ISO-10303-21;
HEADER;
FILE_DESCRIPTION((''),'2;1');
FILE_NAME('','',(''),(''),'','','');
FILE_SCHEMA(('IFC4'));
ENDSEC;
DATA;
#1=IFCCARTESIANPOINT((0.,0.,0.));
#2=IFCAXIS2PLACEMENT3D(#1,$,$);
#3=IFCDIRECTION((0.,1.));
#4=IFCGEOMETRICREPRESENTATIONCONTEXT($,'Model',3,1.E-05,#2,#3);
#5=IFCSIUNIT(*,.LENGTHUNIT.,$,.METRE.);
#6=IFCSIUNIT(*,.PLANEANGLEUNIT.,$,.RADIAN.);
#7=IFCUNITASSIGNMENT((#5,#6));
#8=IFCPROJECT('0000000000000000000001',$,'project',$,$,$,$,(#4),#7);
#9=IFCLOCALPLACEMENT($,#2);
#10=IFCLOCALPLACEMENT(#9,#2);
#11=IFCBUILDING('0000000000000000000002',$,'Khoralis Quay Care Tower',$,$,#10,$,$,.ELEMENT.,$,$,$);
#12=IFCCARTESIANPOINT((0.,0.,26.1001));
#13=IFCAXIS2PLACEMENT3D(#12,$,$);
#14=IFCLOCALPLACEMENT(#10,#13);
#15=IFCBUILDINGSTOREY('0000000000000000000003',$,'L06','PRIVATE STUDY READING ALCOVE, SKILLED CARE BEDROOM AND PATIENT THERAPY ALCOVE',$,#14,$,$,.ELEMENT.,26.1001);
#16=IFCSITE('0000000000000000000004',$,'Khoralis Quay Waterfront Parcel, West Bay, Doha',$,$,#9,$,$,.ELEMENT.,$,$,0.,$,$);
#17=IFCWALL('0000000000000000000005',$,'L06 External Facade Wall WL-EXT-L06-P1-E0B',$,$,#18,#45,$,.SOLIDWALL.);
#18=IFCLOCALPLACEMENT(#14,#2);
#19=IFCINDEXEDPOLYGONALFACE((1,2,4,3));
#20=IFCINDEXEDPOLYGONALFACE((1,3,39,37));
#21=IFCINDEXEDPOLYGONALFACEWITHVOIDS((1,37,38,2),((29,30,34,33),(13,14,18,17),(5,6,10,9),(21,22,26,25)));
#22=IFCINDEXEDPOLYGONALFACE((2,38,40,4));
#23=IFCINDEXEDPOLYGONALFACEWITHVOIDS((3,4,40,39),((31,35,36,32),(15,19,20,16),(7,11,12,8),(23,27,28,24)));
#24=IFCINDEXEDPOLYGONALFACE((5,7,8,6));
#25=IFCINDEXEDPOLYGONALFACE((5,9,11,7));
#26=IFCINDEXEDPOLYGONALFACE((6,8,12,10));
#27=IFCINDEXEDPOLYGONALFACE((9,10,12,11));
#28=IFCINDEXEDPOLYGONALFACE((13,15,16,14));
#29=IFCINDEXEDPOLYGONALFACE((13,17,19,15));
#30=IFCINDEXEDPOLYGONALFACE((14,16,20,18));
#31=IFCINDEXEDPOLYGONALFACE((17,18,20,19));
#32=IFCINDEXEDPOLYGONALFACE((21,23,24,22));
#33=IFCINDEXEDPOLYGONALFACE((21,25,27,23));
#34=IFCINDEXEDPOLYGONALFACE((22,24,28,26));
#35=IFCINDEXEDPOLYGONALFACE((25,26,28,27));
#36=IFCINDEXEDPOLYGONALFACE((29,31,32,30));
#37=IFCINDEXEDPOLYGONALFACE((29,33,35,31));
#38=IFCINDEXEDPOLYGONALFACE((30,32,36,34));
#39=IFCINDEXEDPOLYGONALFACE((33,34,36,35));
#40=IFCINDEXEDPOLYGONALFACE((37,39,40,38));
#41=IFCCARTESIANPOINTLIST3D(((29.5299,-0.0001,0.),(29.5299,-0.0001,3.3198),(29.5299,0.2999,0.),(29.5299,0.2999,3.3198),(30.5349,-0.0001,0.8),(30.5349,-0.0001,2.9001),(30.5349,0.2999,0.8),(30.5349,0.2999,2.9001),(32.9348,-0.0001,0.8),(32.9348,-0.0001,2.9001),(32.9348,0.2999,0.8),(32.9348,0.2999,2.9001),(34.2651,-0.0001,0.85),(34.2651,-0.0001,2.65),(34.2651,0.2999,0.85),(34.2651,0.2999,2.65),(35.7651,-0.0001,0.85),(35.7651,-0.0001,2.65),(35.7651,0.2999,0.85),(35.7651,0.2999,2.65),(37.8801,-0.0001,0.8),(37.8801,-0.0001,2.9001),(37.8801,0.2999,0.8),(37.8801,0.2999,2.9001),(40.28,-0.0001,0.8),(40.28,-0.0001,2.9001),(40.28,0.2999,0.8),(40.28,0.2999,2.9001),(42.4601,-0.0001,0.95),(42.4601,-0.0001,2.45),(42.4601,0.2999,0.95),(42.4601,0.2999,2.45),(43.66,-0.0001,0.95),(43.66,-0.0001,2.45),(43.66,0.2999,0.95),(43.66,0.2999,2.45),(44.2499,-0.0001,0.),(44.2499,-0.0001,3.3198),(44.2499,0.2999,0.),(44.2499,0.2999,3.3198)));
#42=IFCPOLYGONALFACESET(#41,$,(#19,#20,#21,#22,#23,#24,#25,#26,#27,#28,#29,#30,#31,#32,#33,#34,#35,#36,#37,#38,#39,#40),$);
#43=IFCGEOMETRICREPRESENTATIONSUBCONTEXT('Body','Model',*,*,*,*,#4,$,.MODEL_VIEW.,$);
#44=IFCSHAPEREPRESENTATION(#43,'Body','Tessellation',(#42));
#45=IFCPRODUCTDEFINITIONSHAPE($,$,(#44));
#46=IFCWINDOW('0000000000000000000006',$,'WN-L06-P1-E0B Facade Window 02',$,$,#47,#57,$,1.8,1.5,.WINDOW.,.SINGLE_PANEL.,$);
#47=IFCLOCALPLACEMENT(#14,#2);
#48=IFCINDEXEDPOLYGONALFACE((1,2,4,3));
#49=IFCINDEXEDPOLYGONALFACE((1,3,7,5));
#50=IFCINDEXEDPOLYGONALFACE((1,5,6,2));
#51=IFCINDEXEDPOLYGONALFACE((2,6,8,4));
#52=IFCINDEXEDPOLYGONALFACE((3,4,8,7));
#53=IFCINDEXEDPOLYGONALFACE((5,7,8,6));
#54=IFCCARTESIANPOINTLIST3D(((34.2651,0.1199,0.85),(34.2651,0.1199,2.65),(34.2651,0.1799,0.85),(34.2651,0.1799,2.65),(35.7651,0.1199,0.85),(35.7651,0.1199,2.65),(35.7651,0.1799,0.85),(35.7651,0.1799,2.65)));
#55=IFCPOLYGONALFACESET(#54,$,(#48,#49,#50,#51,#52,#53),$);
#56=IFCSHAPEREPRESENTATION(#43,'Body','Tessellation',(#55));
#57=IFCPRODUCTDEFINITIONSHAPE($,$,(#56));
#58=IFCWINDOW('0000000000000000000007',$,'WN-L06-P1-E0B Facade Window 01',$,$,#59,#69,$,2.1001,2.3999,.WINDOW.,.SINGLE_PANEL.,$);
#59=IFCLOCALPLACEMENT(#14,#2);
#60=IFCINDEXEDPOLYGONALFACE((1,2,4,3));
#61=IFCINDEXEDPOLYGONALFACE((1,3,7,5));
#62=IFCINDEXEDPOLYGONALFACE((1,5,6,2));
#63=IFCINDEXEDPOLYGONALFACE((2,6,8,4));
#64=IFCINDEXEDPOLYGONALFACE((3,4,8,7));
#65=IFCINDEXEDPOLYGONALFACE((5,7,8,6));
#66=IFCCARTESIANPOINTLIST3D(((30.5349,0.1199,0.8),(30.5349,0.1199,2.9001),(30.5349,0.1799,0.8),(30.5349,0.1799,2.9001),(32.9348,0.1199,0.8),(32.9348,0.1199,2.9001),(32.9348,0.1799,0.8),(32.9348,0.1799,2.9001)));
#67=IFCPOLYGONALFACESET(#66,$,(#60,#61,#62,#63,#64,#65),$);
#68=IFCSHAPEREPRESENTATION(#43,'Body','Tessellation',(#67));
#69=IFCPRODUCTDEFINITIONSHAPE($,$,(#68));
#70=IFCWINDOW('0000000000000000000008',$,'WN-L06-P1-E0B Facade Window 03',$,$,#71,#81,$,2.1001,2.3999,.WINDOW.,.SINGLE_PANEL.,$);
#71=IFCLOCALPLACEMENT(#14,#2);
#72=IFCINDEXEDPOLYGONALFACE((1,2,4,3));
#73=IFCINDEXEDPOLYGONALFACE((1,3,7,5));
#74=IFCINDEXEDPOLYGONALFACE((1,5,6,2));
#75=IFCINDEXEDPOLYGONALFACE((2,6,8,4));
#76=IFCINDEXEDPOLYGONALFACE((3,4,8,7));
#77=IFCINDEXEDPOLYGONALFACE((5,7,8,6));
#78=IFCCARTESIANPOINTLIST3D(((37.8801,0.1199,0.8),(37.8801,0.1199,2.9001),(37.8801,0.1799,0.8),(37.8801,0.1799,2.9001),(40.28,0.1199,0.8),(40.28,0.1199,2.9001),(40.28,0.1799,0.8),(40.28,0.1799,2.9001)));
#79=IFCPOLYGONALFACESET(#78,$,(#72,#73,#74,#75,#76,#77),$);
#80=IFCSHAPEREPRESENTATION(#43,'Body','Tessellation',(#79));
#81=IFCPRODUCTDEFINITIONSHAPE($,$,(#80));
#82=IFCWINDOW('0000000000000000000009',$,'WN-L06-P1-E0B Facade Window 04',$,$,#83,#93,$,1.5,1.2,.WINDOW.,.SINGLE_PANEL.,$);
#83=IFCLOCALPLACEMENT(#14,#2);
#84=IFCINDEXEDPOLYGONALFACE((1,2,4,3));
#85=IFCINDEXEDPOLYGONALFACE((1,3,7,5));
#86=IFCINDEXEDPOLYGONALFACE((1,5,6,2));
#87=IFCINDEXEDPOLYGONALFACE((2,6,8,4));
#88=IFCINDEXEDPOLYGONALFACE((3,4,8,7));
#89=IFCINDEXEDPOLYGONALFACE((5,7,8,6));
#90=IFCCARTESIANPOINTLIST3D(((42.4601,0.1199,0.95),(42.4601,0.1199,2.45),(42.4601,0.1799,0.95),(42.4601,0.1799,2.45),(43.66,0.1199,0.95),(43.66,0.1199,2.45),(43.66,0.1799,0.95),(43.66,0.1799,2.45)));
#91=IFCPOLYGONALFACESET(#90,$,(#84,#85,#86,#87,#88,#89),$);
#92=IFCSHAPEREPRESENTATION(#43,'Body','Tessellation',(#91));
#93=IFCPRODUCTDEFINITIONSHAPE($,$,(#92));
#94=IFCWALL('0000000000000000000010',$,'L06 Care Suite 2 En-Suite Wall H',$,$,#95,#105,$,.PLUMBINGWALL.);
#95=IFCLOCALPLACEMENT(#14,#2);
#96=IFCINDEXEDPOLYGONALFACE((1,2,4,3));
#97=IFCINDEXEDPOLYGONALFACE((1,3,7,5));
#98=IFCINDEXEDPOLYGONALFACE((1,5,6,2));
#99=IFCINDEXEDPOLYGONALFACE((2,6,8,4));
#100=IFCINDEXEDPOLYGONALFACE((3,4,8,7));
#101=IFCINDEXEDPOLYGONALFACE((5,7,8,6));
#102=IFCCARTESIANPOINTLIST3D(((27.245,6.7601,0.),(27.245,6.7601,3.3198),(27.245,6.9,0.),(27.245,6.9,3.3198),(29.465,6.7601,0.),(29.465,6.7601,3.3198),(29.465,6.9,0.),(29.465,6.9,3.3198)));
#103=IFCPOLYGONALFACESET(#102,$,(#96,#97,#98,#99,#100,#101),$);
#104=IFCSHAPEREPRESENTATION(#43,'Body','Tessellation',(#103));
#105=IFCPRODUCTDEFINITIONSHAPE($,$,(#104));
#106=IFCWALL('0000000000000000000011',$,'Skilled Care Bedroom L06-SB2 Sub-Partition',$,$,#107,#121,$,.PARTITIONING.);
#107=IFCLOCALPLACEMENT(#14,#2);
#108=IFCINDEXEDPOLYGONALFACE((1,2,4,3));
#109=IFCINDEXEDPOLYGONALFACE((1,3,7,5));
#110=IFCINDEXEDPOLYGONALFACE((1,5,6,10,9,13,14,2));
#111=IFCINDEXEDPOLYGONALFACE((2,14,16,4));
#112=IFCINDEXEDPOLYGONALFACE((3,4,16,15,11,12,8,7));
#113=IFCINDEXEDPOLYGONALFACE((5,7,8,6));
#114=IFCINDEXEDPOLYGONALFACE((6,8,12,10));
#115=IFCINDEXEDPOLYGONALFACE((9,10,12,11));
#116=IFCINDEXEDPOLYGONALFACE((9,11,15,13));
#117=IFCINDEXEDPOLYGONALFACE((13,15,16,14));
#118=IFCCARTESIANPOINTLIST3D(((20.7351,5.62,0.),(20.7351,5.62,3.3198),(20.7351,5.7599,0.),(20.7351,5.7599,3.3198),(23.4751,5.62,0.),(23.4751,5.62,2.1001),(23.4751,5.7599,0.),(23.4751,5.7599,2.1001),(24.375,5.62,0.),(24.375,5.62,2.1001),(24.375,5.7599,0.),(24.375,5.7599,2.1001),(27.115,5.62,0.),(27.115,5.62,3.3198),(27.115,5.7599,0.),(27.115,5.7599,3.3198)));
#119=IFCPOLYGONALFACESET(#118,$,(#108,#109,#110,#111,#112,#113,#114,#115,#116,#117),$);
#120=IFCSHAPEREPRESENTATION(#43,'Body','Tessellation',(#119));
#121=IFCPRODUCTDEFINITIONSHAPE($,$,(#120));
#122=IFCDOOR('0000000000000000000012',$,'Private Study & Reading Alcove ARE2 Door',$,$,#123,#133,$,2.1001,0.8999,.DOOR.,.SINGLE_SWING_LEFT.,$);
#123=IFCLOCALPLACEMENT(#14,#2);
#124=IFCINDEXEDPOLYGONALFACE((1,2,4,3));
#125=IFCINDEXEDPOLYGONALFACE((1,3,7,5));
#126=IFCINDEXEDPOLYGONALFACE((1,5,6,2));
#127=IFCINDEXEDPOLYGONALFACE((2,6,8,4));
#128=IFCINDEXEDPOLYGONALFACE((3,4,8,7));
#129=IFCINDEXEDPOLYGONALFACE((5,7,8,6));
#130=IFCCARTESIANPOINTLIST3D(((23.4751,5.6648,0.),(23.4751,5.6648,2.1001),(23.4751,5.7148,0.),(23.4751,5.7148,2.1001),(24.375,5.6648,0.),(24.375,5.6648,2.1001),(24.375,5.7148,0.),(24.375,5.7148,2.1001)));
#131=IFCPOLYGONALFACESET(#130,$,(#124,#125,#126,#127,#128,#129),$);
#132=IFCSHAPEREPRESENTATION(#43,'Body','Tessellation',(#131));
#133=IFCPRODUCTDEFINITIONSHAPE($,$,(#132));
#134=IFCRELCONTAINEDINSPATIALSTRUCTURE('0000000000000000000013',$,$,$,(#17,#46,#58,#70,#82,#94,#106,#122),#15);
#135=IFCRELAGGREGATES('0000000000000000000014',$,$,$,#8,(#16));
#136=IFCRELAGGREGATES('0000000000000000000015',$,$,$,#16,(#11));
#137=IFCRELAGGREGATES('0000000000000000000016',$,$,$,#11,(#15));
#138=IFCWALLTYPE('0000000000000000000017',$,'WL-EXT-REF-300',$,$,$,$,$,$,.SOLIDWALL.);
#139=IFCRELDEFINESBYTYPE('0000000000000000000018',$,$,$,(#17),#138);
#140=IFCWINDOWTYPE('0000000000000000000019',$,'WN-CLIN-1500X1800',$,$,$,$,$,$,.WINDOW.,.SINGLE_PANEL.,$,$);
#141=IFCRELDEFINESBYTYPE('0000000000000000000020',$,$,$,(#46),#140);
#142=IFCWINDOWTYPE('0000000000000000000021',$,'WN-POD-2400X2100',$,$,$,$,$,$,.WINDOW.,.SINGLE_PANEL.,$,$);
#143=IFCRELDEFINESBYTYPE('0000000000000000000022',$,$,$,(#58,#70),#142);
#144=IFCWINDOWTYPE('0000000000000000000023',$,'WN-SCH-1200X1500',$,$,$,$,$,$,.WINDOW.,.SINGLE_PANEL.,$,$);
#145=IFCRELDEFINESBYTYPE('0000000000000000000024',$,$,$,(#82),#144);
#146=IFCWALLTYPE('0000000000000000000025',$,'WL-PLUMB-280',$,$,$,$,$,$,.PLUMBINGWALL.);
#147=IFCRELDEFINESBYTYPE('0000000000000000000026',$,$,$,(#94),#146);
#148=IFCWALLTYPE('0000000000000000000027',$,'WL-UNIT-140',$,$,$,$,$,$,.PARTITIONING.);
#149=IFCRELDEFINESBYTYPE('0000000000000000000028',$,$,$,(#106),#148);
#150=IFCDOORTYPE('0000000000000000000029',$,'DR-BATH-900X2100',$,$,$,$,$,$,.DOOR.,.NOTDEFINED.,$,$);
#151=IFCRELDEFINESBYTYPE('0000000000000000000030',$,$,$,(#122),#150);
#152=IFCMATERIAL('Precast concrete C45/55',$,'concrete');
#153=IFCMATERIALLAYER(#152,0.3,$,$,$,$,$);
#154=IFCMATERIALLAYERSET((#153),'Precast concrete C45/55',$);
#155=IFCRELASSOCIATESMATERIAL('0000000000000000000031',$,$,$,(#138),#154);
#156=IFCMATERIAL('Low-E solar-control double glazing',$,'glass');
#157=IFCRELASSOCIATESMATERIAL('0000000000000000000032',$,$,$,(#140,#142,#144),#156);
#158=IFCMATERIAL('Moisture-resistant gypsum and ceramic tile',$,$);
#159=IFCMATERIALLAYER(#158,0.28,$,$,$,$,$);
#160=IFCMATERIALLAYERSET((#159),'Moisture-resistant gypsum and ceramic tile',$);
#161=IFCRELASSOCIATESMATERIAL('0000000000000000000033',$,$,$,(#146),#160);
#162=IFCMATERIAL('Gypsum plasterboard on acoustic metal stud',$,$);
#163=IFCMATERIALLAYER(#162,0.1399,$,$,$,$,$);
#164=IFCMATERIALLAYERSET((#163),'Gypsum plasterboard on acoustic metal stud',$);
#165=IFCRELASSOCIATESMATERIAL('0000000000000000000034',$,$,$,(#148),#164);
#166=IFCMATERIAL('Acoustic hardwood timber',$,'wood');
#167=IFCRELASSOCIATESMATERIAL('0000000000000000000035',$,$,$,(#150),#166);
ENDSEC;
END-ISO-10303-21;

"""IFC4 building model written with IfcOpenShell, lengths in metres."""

from ifc_helpers import new_model, si_unit, direction, frame, frame_2d, origin, place, context, subcontext, project, spatial, rectangle, extrude, source, transform, mapped, material, layer, layer_set, type_object, element, fill, save


model = new_model("IFC4")

# Units and contexts
model_context = context("Model", 3, precision=1e-05, world=origin(), true_north=direction((0.0, 1.0)))
body_context = subcontext(model_context, "Body", "Model", "MODEL_VIEW")
ifc_project = project(units=[si_unit("LENGTHUNIT", "METRE"), si_unit("PLANEANGLEUNIT", "RADIAN")], contexts=[model_context])

# Site, building, storey
site_placement = place(None, origin())
site = spatial("IfcSite", under=ifc_project, at=site_placement, Name="Khoralis Quay Waterfront Parcel, West Bay, Doha", CompositionType="ELEMENT", RefElevation=0.0)
building_placement = place(site_placement, origin())
building = spatial("IfcBuilding", under=site, at=building_placement, Name="Khoralis Quay Care Tower", CompositionType="ELEMENT")
storey_placement = place(building_placement, frame((0.0, 0.0, 26.1001)))
storey = spatial("IfcBuildingStorey", under=building, at=storey_placement, Name="L06", Description="PRIVATE STUDY READING ALCOVE, SKILLED CARE BEDROOM AND PATIENT THERAPY ALCOVE", CompositionType="ELEMENT", Elevation=26.1001)

# Shared definitions
ifc_material_1 = material(Name="Gypsum plasterboard on acoustic metal stud")

# Wall, openings, windows
ifc_material_2 = material(Name="Precast concrete C45/55", Category="concrete")
ifc_layer_1 = layer(ifc_material_2, 0.3)
ifc_layer_set_1 = layer_set([ifc_layer_1], Name="Precast concrete C45/55")
wall_type_1 = type_object("IfcWallType", Name="WL-EXT-REF-300", PredefinedType="SOLIDWALL", material=ifc_layer_set_1)
wall_1_placement = place(storey_placement, frame((29.53, 0.1499, 0.0), z_axis=(0.0, 0.0, 1.0), x_axis=(1.0, 0.0, 0.0)))
wall_1 = element("IfcWall", 1, at=wall_1_placement, inside=storey, type_object=wall_type_1, Name="L06 External Facade Wall WL-EXT-L06-P1-E0B", PredefinedType="SOLIDWALL", context=body_context, shape_type="SweptSolid", body=[
    extrude(rectangle(XDim=14.72, YDim=0.3, at=frame_2d((7.3599, 0.0))), origin(), (0.0, 0.0, 1.0), 3.3198),
])
opening_1_placement = place(wall_1_placement, frame((1.0049, 0.0, 0.8)))
opening_1 = element("IfcOpeningElement", 2, at=opening_1_placement, cuts=wall_1, PredefinedType="OPENING", context=body_context, shape_type="SweptSolid", body=[
    extrude(rectangle(XDim=2.3999, YDim=2.1001, at=frame_2d((1.2, 1.05))), frame((0.0, 0.1602, 0.0), z_axis=(0.0, -1.0, 0.0), x_axis=(1.0, 0.0, 0.0)), (0.0, 0.0, 1.0), 0.3201),
])
opening_2_placement = place(wall_1_placement, frame((4.7351, 0.0, 0.8501)))
opening_2 = element("IfcOpeningElement", 3, at=opening_2_placement, cuts=wall_1, PredefinedType="OPENING", context=body_context, shape_type="SweptSolid", body=[
    extrude(rectangle(XDim=1.5, YDim=1.8, at=frame_2d((0.75, 0.8999))), frame((0.0, 0.1602, 0.0), z_axis=(0.0, -1.0, 0.0), x_axis=(1.0, 0.0, 0.0)), (0.0, 0.0, 1.0), 0.3201),
])
opening_3_placement = place(wall_1_placement, frame((8.3501, 0.0, 0.8)))
opening_3 = element("IfcOpeningElement", 4, at=opening_3_placement, cuts=wall_1, PredefinedType="OPENING", context=body_context, shape_type="SweptSolid", body=[
    extrude(rectangle(XDim=2.3999, YDim=2.1001, at=frame_2d((1.2, 1.05))), frame((0.0, 0.1602, 0.0), z_axis=(0.0, -1.0, 0.0), x_axis=(1.0, 0.0, 0.0)), (0.0, 0.0, 1.0), 0.3201),
])
opening_4_placement = place(wall_1_placement, frame((12.9299, 0.0, 0.95)))
opening_4 = element("IfcOpeningElement", 5, at=opening_4_placement, cuts=wall_1, PredefinedType="OPENING", context=body_context, shape_type="SweptSolid", body=[
    extrude(rectangle(XDim=1.2, YDim=1.5, at=frame_2d((0.6001, 0.75))), frame((0.0, 0.1602, 0.0), z_axis=(0.0, -1.0, 0.0), x_axis=(1.0, 0.0, 0.0)), (0.0, 0.0, 1.0), 0.3201),
])
ifc_material_3 = material(Name="Low-E solar-control double glazing", Category="glass")
window_type_1 = type_object("IfcWindowType", Name="WN-CLIN-1500X1800", PartitioningType="SINGLE_PANEL", PredefinedType="WINDOW", material=ifc_material_3)
shared_shape_1 = source(origin(), body_context, "Body", "SweptSolid", [
    extrude(rectangle(XDim=1.5, YDim=1.8, at=frame_2d((0.75, 0.8999))), frame((0.0, 0.03, 0.0), z_axis=(0.0, -1.0, 0.0), x_axis=(1.0, 0.0, 0.0)), (0.0, 0.0, 1.0), 0.0601),
])
window_1_placement = place(opening_2_placement, origin())
window_1 = element("IfcWindow", 6, at=window_1_placement, inside=storey, type_object=window_type_1, Name="WN-L06-P1-E0B Facade Window 02", OverallHeight=1.8, OverallWidth=1.5, PartitioningType="SINGLE_PANEL", PredefinedType="WINDOW", context=body_context, shape_type="MappedRepresentation", body=[
    mapped(shared_shape_1, transform((0.0, 0.0, 0.0), scale=1.0)),
])
fill(opening_2, window_1)
window_type_2 = type_object("IfcWindowType", Name="WN-POD-2400X2100", PartitioningType="SINGLE_PANEL", PredefinedType="WINDOW", material=ifc_material_3)
shared_shape_2 = source(origin(), body_context, "Body", "SweptSolid", [
    extrude(rectangle(XDim=2.3999, YDim=2.1001, at=frame_2d((1.2, 1.05))), frame((0.0, 0.03, 0.0), z_axis=(0.0, -1.0, 0.0), x_axis=(1.0, 0.0, 0.0)), (0.0, 0.0, 1.0), 0.0601),
])
window_2_placement = place(opening_1_placement, origin())
window_2 = element("IfcWindow", 7, at=window_2_placement, inside=storey, type_object=window_type_2, Name="WN-L06-P1-E0B Facade Window 01", OverallHeight=2.1001, OverallWidth=2.3999, PartitioningType="SINGLE_PANEL", PredefinedType="WINDOW", context=body_context, shape_type="MappedRepresentation", body=[
    mapped(shared_shape_2, transform((0.0, 0.0, 0.0), scale=1.0)),
])
fill(opening_1, window_2)
window_3_placement = place(opening_3_placement, origin())
window_3 = element("IfcWindow", 8, at=window_3_placement, inside=storey, type_object=window_type_2, Name="WN-L06-P1-E0B Facade Window 03", OverallHeight=2.1001, OverallWidth=2.3999, PartitioningType="SINGLE_PANEL", PredefinedType="WINDOW", context=body_context, shape_type="MappedRepresentation", body=[
    mapped(shared_shape_2, transform((0.0, 0.0, 0.0), scale=1.0)),
])
fill(opening_3, window_3)
window_type_3 = type_object("IfcWindowType", Name="WN-SCH-1200X1500", PartitioningType="SINGLE_PANEL", PredefinedType="WINDOW", material=ifc_material_3)
shared_shape_3 = source(origin(), body_context, "Body", "SweptSolid", [
    extrude(rectangle(XDim=1.2, YDim=1.5, at=frame_2d((0.6001, 0.75))), frame((0.0, 0.03, 0.0), z_axis=(0.0, -1.0, 0.0), x_axis=(1.0, 0.0, 0.0)), (0.0, 0.0, 1.0), 0.0601),
])
window_4_placement = place(opening_4_placement, origin())
window_4 = element("IfcWindow", 9, at=window_4_placement, inside=storey, type_object=window_type_3, Name="WN-L06-P1-E0B Facade Window 04", OverallHeight=1.5, OverallWidth=1.2, PartitioningType="SINGLE_PANEL", PredefinedType="WINDOW", context=body_context, shape_type="MappedRepresentation", body=[
    mapped(shared_shape_3, transform((0.0, 0.0, 0.0), scale=1.0)),
])
fill(opening_4, window_4)

# Wall
ifc_material_4 = material(Name="Moisture-resistant gypsum and ceramic tile")
ifc_layer_2 = layer(ifc_material_4, 0.28)
ifc_layer_set_2 = layer_set([ifc_layer_2], Name="Moisture-resistant gypsum and ceramic tile")
wall_type_2 = type_object("IfcWallType", Name="WL-PLUMB-280", PredefinedType="PLUMBINGWALL", material=ifc_layer_set_2)
wall_2_placement = place(storey_placement, frame((27.2451, 6.8301, 0.0), z_axis=(0.0, 0.0, 1.0), x_axis=(1.0, 0.0, 0.0)))
element("IfcWall", 10, at=wall_2_placement, inside=storey, type_object=wall_type_2, Name="L06 Care Suite 2 En-Suite Wall H", PredefinedType="PLUMBINGWALL", context=body_context, shape_type="SweptSolid", body=[
    extrude(rectangle(XDim=2.22, YDim=0.1399, at=frame_2d((1.1099, 0.0))), origin(), (0.0, 0.0, 1.0), 3.3198),
])

# Wall, opening, door
ifc_layer_3 = layer(ifc_material_1, 0.1399)
ifc_layer_set_3 = layer_set([ifc_layer_3], Name="Gypsum plasterboard on acoustic metal stud")
wall_type_3 = type_object("IfcWallType", Name="WL-UNIT-140", PredefinedType="PARTITIONING", material=ifc_layer_set_3)
wall_3_placement = place(storey_placement, frame((20.7351, 5.6899, 0.0), z_axis=(0.0, 0.0, 1.0), x_axis=(1.0, 0.0, 0.0)))
wall_3 = element("IfcWall", 11, at=wall_3_placement, inside=storey, type_object=wall_type_3, Name="Skilled Care Bedroom L06-SB2 Sub-Partition", PredefinedType="PARTITIONING", context=body_context, shape_type="SweptSolid", body=[
    extrude(rectangle(XDim=6.3799, YDim=0.1399, at=frame_2d((3.1899, 0.0))), origin(), (0.0, 0.0, 1.0), 3.3198),
])
opening_5_placement = place(wall_3_placement, frame((2.74, 0.0, 0.0)))
opening_5 = element("IfcOpeningElement", 12, at=opening_5_placement, cuts=wall_3, PredefinedType="OPENING", context=body_context, shape_type="SweptSolid", body=[
    extrude(rectangle(XDim=0.8999, YDim=2.1001, at=frame_2d((0.45, 1.05))), frame((0.0, 0.0801, 0.0), z_axis=(0.0, -1.0, 0.0), x_axis=(1.0, 0.0, 0.0)), (0.0, 0.0, 1.0), 0.1599),
])
ifc_material_5 = material(Name="Acoustic hardwood timber", Category="wood")
door_type_1 = type_object("IfcDoorType", Name="DR-BATH-900X2100", OperationType="NOTDEFINED", PredefinedType="DOOR", material=ifc_material_5)
shared_shape_4 = source(origin(), body_context, "Body", "SweptSolid", [
    extrude(rectangle(XDim=0.8999, YDim=2.1001, at=frame_2d((0.45, 1.05))), frame((0.0, 0.0249, 0.0), z_axis=(0.0, -1.0, 0.0), x_axis=(1.0, 0.0, 0.0)), (0.0, 0.0, 1.0), 0.05),
])
door_1_placement = place(opening_5_placement, origin())
door_1 = element("IfcDoor", 13, at=door_1_placement, inside=storey, type_object=door_type_1, Name="Private Study & Reading Alcove ARE2 Door", OperationType="SINGLE_SWING_LEFT", OverallHeight=2.1001, OverallWidth=0.8999, PredefinedType="DOOR", context=body_context, shape_type="MappedRepresentation", body=[
    mapped(shared_shape_4, transform((0.0, 0.0, 0.0), scale=1.0)),
])
fill(opening_5, door_1)

save(model, "model.ifc")
